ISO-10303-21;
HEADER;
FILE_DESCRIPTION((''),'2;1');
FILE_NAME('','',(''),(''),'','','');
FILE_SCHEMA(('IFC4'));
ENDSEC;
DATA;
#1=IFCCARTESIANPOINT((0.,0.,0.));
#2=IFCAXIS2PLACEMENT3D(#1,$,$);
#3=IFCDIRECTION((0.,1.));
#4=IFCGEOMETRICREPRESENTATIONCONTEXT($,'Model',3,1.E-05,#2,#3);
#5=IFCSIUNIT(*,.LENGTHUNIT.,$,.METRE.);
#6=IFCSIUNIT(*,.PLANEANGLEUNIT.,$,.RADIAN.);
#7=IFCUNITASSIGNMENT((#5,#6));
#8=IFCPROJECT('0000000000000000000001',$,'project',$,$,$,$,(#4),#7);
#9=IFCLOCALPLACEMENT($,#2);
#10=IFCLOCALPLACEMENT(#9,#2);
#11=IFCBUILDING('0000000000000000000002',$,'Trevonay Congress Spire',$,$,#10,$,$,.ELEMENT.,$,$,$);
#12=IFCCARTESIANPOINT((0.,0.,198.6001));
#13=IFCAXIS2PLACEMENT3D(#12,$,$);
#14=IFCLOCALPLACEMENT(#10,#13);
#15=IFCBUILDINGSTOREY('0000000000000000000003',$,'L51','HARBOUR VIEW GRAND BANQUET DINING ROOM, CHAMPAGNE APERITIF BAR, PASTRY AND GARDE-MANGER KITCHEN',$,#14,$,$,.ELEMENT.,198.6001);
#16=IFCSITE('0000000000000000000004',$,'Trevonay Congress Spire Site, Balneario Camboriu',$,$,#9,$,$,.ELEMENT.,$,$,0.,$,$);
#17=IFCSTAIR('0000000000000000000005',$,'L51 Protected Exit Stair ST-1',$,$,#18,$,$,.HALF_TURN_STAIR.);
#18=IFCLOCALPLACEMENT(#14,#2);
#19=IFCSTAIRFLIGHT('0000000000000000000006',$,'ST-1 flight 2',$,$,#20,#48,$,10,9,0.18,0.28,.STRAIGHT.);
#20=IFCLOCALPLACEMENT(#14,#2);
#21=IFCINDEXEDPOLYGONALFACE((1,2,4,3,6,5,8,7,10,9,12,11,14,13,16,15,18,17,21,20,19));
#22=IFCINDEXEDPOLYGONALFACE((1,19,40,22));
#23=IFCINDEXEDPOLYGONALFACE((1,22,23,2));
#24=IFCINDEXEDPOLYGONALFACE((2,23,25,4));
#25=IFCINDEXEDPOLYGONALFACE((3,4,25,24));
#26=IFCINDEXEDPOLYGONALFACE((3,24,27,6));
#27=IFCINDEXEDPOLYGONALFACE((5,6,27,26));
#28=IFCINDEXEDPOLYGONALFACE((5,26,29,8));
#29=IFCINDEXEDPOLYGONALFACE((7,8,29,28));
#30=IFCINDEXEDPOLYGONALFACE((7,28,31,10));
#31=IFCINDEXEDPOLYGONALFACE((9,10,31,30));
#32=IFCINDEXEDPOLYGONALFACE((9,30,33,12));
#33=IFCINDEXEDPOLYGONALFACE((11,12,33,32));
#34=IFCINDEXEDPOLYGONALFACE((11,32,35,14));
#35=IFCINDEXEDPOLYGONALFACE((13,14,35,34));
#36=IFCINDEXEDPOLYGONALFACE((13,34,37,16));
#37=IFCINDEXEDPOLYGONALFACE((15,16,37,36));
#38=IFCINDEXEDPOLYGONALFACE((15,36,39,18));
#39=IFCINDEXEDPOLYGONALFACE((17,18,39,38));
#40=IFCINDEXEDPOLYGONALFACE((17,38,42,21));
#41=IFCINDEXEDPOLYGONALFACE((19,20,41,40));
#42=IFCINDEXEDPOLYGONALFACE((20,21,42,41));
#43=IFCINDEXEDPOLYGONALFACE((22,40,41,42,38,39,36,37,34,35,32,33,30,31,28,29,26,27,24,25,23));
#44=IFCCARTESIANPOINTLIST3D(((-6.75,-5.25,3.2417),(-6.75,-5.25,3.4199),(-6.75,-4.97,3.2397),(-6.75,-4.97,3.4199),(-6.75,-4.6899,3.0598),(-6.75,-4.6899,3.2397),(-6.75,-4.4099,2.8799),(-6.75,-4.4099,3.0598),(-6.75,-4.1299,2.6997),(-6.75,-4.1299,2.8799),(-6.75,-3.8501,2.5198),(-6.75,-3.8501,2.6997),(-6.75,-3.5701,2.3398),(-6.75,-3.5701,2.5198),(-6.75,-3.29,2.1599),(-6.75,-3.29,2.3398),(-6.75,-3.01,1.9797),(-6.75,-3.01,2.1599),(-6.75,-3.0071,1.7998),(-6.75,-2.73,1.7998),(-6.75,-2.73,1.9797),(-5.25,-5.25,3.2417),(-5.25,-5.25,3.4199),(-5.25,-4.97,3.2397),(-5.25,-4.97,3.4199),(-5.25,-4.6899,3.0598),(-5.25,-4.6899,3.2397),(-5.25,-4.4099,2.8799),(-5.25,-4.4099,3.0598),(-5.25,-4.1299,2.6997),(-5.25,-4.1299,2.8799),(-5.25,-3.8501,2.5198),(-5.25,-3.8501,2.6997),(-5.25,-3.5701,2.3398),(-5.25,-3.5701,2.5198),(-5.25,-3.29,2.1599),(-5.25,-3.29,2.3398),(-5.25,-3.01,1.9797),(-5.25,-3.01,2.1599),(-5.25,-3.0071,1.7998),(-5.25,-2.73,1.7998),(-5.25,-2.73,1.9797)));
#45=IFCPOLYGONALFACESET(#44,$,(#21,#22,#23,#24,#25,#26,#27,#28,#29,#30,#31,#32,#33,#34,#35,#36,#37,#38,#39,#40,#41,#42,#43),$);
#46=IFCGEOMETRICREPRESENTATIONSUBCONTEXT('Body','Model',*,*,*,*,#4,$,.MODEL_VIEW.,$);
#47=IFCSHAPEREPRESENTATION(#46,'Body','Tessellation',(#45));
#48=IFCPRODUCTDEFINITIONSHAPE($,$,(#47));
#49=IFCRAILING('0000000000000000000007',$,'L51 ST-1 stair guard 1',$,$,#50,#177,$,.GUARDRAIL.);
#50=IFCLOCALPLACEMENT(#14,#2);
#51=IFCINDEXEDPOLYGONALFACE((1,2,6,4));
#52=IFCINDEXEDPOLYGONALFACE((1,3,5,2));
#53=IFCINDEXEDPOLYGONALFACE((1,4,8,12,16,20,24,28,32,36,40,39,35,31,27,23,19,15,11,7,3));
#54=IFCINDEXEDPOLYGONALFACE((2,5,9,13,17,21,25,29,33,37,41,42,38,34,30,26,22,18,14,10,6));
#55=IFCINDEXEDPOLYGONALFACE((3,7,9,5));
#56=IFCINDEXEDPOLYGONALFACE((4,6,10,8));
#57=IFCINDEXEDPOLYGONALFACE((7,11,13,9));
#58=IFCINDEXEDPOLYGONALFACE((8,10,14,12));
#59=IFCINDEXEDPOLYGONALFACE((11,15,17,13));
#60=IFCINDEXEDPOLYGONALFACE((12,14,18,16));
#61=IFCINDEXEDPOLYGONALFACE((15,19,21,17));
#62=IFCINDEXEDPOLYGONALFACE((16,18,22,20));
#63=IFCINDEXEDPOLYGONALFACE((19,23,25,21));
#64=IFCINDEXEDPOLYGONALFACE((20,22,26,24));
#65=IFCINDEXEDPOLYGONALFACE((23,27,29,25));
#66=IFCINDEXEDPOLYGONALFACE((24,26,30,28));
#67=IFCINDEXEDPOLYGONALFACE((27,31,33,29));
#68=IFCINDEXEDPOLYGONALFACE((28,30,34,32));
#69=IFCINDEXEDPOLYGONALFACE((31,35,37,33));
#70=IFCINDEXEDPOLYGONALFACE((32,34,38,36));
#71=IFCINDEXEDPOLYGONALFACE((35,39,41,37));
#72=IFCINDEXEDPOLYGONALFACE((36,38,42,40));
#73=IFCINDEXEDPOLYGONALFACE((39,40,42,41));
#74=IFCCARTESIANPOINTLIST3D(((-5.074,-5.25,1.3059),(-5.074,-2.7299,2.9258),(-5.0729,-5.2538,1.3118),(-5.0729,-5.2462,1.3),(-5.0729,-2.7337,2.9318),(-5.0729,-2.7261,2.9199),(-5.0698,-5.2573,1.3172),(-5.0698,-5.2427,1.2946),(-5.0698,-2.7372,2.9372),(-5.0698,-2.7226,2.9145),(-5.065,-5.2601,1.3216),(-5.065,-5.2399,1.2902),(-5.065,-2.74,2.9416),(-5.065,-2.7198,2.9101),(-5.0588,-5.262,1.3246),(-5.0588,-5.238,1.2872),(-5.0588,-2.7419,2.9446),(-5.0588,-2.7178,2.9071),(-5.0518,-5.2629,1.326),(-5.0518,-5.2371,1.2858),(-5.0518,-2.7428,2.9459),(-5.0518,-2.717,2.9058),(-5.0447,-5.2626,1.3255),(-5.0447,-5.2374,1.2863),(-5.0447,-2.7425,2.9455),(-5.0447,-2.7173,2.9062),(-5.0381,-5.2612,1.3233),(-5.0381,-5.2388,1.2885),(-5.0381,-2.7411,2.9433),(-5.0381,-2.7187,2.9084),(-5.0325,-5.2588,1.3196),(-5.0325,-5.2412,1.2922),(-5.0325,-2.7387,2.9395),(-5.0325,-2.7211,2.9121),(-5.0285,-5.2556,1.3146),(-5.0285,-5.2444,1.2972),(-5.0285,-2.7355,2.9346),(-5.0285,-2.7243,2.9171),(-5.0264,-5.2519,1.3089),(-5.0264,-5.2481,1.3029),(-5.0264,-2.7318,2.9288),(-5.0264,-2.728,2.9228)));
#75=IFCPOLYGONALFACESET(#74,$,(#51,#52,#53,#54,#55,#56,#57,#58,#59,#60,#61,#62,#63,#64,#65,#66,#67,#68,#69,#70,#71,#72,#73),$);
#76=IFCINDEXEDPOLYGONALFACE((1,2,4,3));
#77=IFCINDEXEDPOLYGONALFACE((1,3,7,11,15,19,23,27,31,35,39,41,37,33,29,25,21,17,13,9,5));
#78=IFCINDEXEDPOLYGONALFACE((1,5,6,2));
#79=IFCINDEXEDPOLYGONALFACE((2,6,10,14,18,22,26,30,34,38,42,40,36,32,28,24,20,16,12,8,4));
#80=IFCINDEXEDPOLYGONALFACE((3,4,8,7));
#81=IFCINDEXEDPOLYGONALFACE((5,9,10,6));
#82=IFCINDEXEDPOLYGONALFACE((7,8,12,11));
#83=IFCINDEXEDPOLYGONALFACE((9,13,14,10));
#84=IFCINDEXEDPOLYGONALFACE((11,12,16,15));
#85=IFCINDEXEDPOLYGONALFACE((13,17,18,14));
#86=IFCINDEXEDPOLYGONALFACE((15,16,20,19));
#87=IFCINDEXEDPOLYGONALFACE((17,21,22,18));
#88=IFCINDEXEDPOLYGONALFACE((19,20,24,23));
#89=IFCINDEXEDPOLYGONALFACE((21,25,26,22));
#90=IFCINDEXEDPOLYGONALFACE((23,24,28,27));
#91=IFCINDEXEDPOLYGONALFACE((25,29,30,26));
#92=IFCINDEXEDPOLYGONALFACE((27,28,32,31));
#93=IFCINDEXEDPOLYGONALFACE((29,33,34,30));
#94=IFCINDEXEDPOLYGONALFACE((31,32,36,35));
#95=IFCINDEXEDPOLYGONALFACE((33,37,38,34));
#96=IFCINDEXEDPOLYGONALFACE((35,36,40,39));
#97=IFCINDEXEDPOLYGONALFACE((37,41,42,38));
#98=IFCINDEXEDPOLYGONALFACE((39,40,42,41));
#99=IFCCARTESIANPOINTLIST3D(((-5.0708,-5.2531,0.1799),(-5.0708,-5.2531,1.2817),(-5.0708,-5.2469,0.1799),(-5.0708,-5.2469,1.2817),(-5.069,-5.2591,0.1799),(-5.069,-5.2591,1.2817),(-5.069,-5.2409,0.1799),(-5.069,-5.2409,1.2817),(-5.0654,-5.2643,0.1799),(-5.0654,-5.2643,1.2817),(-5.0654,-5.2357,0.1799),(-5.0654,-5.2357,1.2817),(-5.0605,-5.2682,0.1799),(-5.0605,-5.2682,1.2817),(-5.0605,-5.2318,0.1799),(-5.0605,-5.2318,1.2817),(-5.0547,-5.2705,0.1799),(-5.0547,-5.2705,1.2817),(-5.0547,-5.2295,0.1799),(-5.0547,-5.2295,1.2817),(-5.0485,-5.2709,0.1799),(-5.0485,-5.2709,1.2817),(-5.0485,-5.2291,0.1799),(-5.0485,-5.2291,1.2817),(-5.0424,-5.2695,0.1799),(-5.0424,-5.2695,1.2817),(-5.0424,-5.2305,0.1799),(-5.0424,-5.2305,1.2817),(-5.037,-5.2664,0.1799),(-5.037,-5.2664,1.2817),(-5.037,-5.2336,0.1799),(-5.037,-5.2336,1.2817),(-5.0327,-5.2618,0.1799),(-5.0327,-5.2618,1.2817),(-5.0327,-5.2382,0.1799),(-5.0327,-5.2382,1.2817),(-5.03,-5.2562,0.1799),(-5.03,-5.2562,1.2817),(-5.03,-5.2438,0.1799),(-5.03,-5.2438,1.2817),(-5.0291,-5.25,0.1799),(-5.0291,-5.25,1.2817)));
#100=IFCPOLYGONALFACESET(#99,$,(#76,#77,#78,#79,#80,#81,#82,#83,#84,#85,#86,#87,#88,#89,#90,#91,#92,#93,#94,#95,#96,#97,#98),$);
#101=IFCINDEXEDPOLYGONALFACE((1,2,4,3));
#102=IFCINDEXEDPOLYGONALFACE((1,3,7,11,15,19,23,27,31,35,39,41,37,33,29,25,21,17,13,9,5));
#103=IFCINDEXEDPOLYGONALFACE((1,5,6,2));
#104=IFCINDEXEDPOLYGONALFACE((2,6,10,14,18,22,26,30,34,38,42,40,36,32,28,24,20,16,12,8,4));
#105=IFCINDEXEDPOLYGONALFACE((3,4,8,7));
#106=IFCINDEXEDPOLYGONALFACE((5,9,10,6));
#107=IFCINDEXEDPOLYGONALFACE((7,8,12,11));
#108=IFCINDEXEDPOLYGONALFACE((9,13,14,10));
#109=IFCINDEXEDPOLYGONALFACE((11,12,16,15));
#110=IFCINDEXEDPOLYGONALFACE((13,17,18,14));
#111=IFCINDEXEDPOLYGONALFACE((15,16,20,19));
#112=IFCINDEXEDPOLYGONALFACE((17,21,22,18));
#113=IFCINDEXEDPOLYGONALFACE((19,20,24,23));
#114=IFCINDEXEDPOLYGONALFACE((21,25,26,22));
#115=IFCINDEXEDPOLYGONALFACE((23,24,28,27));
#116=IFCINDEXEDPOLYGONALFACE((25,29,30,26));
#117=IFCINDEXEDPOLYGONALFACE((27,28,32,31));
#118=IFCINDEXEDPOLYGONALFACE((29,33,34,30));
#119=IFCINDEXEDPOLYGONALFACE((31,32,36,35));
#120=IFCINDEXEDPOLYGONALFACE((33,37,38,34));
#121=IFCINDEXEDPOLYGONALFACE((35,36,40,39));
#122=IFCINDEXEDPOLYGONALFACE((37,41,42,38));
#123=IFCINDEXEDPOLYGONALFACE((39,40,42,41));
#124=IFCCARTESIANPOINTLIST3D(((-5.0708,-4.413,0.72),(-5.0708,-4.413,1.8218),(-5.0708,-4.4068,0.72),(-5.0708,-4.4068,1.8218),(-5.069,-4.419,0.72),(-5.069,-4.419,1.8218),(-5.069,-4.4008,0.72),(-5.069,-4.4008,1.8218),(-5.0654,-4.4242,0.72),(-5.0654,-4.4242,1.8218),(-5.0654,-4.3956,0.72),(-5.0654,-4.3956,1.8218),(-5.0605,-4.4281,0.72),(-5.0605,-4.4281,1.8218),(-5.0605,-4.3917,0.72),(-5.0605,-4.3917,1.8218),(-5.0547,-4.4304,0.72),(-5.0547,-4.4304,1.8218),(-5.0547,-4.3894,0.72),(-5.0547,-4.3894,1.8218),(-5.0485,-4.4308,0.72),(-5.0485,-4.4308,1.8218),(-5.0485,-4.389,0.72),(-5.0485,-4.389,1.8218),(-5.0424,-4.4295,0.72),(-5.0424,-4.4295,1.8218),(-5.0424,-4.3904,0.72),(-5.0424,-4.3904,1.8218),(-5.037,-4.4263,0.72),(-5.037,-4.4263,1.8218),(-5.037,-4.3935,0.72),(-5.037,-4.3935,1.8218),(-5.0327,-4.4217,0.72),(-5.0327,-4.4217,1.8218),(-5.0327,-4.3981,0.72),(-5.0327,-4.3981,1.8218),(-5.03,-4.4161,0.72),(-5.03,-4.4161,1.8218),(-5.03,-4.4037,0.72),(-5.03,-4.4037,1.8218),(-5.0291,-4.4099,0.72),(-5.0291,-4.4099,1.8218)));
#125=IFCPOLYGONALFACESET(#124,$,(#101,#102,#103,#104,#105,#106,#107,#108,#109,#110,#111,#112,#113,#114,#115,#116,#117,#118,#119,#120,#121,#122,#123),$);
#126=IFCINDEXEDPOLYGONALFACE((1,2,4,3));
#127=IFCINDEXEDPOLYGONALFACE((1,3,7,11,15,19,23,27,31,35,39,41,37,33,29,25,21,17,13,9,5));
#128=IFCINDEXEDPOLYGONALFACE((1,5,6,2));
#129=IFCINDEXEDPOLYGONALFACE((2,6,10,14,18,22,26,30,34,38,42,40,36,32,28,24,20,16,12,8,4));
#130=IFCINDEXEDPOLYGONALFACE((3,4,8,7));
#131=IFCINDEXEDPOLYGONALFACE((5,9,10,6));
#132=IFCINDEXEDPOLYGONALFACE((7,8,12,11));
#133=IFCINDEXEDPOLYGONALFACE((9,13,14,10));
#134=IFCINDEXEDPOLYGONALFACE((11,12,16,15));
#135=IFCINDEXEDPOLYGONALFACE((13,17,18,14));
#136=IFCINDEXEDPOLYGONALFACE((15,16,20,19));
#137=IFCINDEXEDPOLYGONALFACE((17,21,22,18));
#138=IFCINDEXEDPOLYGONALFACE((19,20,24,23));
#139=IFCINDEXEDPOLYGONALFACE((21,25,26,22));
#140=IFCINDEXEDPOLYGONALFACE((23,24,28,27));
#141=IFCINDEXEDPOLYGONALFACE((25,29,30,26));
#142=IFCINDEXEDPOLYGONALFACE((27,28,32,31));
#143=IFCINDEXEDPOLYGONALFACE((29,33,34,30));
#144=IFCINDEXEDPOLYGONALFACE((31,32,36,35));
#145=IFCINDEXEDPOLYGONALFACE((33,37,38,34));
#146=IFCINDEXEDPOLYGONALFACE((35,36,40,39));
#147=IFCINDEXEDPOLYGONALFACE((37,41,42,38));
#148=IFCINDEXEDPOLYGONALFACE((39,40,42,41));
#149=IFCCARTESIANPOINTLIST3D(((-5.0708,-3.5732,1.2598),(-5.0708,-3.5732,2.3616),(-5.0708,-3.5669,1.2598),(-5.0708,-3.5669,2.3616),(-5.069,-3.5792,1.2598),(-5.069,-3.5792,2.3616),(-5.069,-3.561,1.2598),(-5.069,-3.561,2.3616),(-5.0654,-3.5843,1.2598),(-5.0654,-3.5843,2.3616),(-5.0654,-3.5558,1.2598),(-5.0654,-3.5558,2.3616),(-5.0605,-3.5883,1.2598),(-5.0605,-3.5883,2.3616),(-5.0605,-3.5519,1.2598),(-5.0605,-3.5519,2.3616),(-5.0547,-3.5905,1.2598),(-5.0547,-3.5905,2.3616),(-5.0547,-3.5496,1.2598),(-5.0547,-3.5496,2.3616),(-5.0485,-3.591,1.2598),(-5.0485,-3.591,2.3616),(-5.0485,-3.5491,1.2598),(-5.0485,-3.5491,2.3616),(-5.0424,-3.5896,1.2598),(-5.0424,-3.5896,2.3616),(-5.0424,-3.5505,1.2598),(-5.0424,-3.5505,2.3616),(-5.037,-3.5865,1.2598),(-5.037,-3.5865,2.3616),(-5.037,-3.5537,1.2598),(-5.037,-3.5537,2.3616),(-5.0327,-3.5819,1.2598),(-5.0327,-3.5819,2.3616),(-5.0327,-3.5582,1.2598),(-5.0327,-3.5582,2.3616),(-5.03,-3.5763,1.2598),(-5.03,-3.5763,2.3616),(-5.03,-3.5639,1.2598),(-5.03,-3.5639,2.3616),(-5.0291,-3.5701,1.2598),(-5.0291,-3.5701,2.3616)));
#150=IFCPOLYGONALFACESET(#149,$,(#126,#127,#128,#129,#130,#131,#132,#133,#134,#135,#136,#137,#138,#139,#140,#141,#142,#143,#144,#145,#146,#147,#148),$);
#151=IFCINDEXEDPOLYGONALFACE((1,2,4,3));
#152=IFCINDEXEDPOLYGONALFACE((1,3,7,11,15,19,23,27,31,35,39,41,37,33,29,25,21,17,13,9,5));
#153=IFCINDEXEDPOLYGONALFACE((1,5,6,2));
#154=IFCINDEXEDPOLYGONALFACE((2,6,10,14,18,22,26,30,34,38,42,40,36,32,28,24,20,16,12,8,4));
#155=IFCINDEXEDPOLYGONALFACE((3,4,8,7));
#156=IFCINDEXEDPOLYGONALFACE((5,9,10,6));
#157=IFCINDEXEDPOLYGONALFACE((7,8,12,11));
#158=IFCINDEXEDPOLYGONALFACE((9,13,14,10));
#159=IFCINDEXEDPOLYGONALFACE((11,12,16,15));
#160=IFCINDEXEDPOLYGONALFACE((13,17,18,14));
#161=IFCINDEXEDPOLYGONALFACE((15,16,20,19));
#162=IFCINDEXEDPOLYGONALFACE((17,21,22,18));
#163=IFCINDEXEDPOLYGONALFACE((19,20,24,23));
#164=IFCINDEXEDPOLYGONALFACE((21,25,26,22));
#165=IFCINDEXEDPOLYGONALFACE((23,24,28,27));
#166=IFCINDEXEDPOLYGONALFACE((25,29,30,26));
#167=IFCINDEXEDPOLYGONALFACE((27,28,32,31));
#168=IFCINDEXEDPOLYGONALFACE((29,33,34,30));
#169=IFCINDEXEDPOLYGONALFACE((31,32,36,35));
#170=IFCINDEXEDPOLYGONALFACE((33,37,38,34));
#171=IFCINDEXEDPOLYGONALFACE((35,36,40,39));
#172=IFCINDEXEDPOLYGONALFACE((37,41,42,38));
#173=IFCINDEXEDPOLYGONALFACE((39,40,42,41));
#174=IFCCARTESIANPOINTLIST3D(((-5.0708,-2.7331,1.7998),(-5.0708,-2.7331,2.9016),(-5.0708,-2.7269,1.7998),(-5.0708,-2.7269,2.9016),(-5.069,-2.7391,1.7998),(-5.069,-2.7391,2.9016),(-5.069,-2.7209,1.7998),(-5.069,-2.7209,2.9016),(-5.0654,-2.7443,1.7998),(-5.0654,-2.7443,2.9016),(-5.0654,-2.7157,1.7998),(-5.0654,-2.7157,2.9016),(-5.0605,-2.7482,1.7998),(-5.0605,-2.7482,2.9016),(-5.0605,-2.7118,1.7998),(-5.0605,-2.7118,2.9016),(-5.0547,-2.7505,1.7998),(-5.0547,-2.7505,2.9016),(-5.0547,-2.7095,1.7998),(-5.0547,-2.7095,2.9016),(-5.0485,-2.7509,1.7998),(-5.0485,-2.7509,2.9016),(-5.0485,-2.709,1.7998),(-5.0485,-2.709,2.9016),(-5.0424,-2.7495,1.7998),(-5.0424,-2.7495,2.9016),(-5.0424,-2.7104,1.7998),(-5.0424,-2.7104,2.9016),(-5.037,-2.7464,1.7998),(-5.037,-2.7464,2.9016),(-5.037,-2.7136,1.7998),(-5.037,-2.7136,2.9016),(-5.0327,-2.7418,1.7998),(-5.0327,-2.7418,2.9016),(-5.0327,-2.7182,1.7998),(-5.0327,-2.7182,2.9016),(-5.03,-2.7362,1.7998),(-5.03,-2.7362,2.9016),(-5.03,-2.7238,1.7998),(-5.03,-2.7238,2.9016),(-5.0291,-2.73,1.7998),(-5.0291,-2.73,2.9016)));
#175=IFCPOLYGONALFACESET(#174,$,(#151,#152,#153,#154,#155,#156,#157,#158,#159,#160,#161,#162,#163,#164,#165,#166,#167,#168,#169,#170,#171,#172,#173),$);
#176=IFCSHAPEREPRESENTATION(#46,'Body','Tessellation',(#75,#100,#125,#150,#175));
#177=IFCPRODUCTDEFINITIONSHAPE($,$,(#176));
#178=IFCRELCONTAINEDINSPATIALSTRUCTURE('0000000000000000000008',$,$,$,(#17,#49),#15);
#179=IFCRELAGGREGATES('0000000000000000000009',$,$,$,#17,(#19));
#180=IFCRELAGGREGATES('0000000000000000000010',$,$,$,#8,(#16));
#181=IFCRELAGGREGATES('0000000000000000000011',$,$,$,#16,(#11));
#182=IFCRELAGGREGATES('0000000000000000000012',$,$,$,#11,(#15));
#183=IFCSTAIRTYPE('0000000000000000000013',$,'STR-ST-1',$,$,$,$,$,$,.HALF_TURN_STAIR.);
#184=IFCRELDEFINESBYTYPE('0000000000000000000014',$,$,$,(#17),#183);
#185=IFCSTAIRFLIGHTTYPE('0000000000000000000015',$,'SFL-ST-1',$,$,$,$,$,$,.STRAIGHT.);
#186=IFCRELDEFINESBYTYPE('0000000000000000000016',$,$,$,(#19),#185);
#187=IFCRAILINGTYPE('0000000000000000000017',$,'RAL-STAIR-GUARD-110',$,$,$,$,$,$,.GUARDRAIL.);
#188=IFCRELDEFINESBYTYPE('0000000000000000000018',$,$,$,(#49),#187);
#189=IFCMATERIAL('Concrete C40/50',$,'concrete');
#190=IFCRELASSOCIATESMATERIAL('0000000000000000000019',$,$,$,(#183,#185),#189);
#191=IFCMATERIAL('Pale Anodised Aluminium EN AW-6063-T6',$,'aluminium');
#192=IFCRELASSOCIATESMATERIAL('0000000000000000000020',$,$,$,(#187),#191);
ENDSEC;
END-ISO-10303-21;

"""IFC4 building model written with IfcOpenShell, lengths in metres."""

from ifc_helpers import new_model, si_unit, direction, frame, origin, origin_2d, place, context, subcontext, project, spatial, polyline, circle, outline, extrude, material, type_object, element, aggregate, save


model = new_model("IFC4")

# Units and contexts
model_context = context("Model", 3, precision=1e-05, world=origin(), true_north=direction((0.0, 1.0)))
body_context = subcontext(model_context, "Body", "Model", "MODEL_VIEW")
ifc_project = project(units=[si_unit("LENGTHUNIT", "METRE"), si_unit("PLANEANGLEUNIT", "RADIAN")], contexts=[model_context])

# Site, building, storey
site_placement = place(None, origin())
site = spatial("IfcSite", under=ifc_project, at=site_placement, Name="Trevonay Congress Spire Site, Balneario Camboriu", CompositionType="ELEMENT", RefElevation=0.0)
building_placement = place(site_placement, origin())
building = spatial("IfcBuilding", under=site, at=building_placement, Name="Trevonay Congress Spire", CompositionType="ELEMENT")
storey_placement = place(building_placement, frame((0.0, 0.0, 198.6001)))
storey = spatial("IfcBuildingStorey", under=building, at=storey_placement, Name="L51", Description="HARBOUR VIEW GRAND BANQUET DINING ROOM, CHAMPAGNE APERITIF BAR, PASTRY AND GARDE-MANGER KITCHEN", CompositionType="ELEMENT", Elevation=198.6001)

# Shared definitions
ifc_material_1 = material(Name="Concrete C40/50", Category="concrete")

# Stair, stair flight
stair_type = type_object("IfcStairType", Name="STR-ST-1", PredefinedType="HALF_TURN_STAIR", material=ifc_material_1)
stair_placement = place(storey_placement, origin())
stair = element("IfcStair", 1, at=stair_placement, inside=storey, type_object=stair_type, Name="L51 Protected Exit Stair ST-1", PredefinedType="HALF_TURN_STAIR")
stair_flight_type = type_object("IfcStairFlightType", Name="SFL-ST-1", PredefinedType="STRAIGHT", material=ifc_material_1)
stair_flight_1_placement = place(storey_placement, frame((-6.0, -2.73, 1.7998), z_axis=(0.0, 0.0, 1.0), x_axis=(0.0, -1.0, 0.0)))
stair_flight_1 = element("IfcStairFlight", 2, at=stair_flight_1_placement, type_object=stair_flight_type, Name="ST-1 flight 2", NumberOfRisers=10, NumberOfTreads=9, PredefinedType="STRAIGHT", RiserHeight=0.18, TreadLength=0.28, context=body_context, shape_type="SweptSolid", body=[
    extrude(outline(polyline([(0.0, 0.0), (0.0, 0.1799), (0.28, 0.1799), (0.28, 0.3601), (0.5601, 0.3601), (0.5601, 0.54), (0.8401, 0.54), (0.8401, 0.72), (1.1201, 0.72), (1.1201, 0.8999), (1.3999, 0.8999), (1.3999, 1.0801), (1.6799, 1.0801), (1.6799, 1.26), (1.96, 1.26), (1.96, 1.4399), (2.24, 1.4399), (2.24, 1.6201), (2.52, 1.6201), (2.52, 1.8), (2.52, 1.4419), (0.2771, 0.0), (0.0, 0.0)])), frame((0.0, 0.75, 0.0), z_axis=(0.0, -1.0, 0.0), x_axis=(1.0, 0.0, 0.0)), (0.0, 0.0, 1.0), 1.5),
])
aggregate(stair, [stair_flight_1])

# Railing
ifc_material_2 = material(Name="Pale Anodised Aluminium EN AW-6063-T6", Category="aluminium")
railing_type_1 = type_object("IfcRailingType", Name="RAL-STAIR-GUARD-110", PredefinedType="GUARDRAIL", material=ifc_material_2)
railing_1_placement = place(storey_placement, frame((-5.05, -5.25, 0.1799)))
element("IfcRailing", 3, at=railing_1_placement, inside=storey, type_object=railing_type_1, Name="L51 ST-1 stair guard 1", PredefinedType="GUARDRAIL", context=body_context, shape_type="SweptSolid", body=[
    extrude(circle(Radius=0.0239, at=origin_2d()), frame((0.0, 0.0, 1.126), z_axis=(0.0, 0.8412, 0.540725), x_axis=(-1.0, 0.0, 0.0)), (0.0, 0.0, 1.0), 2.9958),
    extrude(circle(Radius=0.021, at=origin_2d()), origin(), (0.0, 0.0, 1.0), 1.1018),
    extrude(circle(Radius=0.021, at=origin_2d()), frame((0.0, 0.8401, 0.54)), (0.0, 0.0, 1.0), 1.1018),
    extrude(circle(Radius=0.021, at=origin_2d()), frame((0.0, 1.6799, 1.0798)), (0.0, 0.0, 1.0), 1.1018),
    extrude(circle(Radius=0.021, at=origin_2d()), frame((0.0, 2.52, 1.6199)), (0.0, 0.0, 1.0), 1.1018),
])

save(model, "model.ifc")
